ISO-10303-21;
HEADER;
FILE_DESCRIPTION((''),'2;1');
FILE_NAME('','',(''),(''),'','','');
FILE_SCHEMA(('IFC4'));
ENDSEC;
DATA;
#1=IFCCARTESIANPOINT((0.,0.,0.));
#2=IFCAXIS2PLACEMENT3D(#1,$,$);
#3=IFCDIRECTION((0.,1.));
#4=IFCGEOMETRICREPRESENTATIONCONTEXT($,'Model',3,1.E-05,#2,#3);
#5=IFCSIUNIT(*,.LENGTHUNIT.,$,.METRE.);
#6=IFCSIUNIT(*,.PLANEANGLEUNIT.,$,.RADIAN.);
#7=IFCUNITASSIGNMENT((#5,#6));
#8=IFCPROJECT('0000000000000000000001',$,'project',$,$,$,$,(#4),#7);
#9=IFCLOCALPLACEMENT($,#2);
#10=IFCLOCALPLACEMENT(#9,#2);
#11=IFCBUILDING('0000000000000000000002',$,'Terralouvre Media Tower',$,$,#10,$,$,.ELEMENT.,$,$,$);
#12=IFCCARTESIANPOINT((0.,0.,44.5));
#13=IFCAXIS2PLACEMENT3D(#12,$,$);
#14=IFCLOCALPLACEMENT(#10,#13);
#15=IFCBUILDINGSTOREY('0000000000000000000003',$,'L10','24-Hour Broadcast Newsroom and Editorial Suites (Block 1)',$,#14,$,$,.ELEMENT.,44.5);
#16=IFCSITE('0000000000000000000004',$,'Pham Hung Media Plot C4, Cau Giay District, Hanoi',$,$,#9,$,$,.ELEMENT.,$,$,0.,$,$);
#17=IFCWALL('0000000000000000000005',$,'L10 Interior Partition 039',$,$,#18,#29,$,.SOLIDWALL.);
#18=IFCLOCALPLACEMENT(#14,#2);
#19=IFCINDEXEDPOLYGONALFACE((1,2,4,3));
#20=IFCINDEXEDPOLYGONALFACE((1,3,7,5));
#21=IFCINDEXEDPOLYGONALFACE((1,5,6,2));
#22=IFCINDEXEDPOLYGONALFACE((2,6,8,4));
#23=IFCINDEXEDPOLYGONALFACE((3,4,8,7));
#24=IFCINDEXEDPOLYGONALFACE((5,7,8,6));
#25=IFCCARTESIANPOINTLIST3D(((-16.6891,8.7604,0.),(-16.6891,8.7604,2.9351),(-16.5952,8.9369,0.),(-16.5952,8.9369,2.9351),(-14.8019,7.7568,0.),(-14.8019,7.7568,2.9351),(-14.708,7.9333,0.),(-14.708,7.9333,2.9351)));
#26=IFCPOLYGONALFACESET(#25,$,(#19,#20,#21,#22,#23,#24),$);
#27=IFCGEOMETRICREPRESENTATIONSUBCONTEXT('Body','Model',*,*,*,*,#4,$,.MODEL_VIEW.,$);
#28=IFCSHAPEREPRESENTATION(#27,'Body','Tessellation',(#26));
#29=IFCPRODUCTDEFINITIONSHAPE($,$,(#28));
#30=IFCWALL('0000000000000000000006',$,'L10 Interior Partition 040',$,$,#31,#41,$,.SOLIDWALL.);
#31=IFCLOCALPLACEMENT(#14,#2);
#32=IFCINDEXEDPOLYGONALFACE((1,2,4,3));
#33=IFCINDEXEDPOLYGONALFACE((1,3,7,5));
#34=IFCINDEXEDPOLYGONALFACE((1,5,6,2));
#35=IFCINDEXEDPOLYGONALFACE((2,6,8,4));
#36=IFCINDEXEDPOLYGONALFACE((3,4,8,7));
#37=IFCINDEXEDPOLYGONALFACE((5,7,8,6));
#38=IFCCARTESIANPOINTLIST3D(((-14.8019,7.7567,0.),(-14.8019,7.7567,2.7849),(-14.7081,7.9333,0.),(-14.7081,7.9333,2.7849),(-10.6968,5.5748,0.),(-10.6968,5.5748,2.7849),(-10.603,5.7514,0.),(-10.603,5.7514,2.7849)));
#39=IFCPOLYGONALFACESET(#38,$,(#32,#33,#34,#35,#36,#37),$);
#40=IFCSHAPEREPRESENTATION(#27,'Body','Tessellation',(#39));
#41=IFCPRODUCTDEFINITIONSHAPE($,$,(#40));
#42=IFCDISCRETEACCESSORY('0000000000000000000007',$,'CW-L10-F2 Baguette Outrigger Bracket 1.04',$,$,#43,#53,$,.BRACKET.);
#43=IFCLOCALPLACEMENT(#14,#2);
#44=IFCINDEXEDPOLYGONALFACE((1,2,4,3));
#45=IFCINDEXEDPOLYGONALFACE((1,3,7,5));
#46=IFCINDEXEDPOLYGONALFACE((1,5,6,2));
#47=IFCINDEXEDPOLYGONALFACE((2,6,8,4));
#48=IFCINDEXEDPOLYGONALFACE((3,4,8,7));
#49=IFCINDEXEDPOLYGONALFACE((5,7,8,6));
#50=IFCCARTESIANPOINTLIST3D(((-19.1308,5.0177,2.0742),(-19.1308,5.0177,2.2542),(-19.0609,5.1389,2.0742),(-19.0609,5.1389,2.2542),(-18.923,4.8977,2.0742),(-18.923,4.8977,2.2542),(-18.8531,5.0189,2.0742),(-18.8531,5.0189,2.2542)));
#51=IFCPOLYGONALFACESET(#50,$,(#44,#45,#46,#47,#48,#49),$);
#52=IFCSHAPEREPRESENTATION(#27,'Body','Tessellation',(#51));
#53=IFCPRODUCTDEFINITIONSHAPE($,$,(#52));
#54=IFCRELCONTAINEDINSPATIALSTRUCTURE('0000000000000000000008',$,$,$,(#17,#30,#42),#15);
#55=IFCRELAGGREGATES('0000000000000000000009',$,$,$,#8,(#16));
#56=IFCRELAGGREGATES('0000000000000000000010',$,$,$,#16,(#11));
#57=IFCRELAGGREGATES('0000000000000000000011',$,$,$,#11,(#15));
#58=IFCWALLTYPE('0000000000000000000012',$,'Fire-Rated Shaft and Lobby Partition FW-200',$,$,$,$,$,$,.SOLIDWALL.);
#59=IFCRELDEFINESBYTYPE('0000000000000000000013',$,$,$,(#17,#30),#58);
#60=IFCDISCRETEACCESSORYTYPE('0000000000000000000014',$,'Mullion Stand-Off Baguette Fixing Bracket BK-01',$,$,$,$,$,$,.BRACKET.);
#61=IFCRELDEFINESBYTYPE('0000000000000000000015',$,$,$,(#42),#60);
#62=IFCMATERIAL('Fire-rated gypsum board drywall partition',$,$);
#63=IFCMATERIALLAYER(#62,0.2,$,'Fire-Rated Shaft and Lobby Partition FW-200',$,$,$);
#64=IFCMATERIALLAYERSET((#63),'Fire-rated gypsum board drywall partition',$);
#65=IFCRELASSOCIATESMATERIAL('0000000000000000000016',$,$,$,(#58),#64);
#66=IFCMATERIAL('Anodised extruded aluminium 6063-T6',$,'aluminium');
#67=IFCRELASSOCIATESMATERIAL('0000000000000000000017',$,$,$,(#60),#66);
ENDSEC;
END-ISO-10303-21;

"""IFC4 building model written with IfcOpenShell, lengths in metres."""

from ifc_helpers import new_model, si_unit, direction, frame, frame_2d, origin, origin_2d, place, context, subcontext, project, spatial, rectangle, extrude, material, layer, layer_set, type_object, element, save


model = new_model("IFC4")

# Units and contexts
model_context = context("Model", 3, precision=1e-05, world=origin(), true_north=direction((0.0, 1.0)))
body_context = subcontext(model_context, "Body", "Model", "MODEL_VIEW")
ifc_project = project(units=[si_unit("LENGTHUNIT", "METRE"), si_unit("PLANEANGLEUNIT", "RADIAN")], contexts=[model_context])

# Site, building, storey
site_placement = place(None, origin())
site = spatial("IfcSite", under=ifc_project, at=site_placement, Name="Pham Hung Media Plot C4, Cau Giay District, Hanoi", CompositionType="ELEMENT", RefElevation=0.0)
building_placement = place(site_placement, origin())
building = spatial("IfcBuilding", under=site, at=building_placement, Name="Terralouvre Media Tower", CompositionType="ELEMENT")
storey_placement = place(building_placement, frame((0.0, 0.0, 44.5)))
storey = spatial("IfcBuildingStorey", under=building, at=storey_placement, Name="L10", Description="24-Hour Broadcast Newsroom and Editorial Suites (Block 1)", CompositionType="ELEMENT", Elevation=44.5)

# Shared definitions
ifc_material_1 = material(Name="Fire-rated gypsum board drywall partition")
ifc_layer_1 = layer(ifc_material_1, 0.2, Name="Fire-Rated Shaft and Lobby Partition FW-200")
ifc_layer_set_1 = layer_set([ifc_layer_1], Name="Fire-rated gypsum board drywall partition")
wall_type_1 = type_object("IfcWallType", Name="Fire-Rated Shaft and Lobby Partition FW-200", PredefinedType="SOLIDWALL", material=ifc_layer_set_1)

# Walls
wall_1_placement = place(storey_placement, frame((-14.7549, 7.845, 0.0), z_axis=(0.0, 0.0, 1.0), x_axis=(-0.882906, 0.46955, 0.0)))
element("IfcWall", 1, at=wall_1_placement, inside=storey, type_object=wall_type_1, Name="L10 Interior Partition 039", PredefinedType="SOLIDWALL", context=body_context, shape_type="SweptSolid", body=[
    extrude(rectangle(XDim=2.1375, YDim=0.2, at=frame_2d((1.0688, 0.0))), origin(), (0.0, 0.0, 1.0), 2.9351),
])
wall_2_placement = place(storey_placement, frame((-10.6499, 5.6631, 0.0), z_axis=(0.0, 0.0, 1.0), x_axis=(-0.883016, 0.469342, 0.0)))
element("IfcWall", 2, at=wall_2_placement, inside=storey, type_object=wall_type_1, Name="L10 Interior Partition 040", PredefinedType="SOLIDWALL", context=body_context, shape_type="SweptSolid", body=[
    extrude(rectangle(XDim=4.6489, YDim=0.2, at=frame_2d((2.3245, 0.0))), origin(), (0.0, 0.0, 1.0), 2.7849),
])

# Discrete accessory
ifc_material_2 = material(Name="Anodised extruded aluminium 6063-T6", Category="aluminium")
discrete_accessory_type = type_object("IfcDiscreteAccessoryType", Name="Mullion Stand-Off Baguette Fixing Bracket BK-01", PredefinedType="BRACKET", material=ifc_material_2)
discrete_accessory_placement = place(storey_placement, frame((-18.9919, 5.0183, 2.0742), z_axis=(0.0, 0.0, 1.0), x_axis=(-0.5, -0.866025, 0.0)))
element("IfcDiscreteAccessory", 3, at=discrete_accessory_placement, inside=storey, type_object=discrete_accessory_type, Name="CW-L10-F2 Baguette Outrigger Bracket 1.04", PredefinedType="BRACKET", context=body_context, shape_type="SweptSolid", body=[
    extrude(rectangle(XDim=0.1399, YDim=0.24, at=origin_2d()), origin(), (0.0, 0.0, 1.0), 0.1799),
])

save(model, "model.ifc")
